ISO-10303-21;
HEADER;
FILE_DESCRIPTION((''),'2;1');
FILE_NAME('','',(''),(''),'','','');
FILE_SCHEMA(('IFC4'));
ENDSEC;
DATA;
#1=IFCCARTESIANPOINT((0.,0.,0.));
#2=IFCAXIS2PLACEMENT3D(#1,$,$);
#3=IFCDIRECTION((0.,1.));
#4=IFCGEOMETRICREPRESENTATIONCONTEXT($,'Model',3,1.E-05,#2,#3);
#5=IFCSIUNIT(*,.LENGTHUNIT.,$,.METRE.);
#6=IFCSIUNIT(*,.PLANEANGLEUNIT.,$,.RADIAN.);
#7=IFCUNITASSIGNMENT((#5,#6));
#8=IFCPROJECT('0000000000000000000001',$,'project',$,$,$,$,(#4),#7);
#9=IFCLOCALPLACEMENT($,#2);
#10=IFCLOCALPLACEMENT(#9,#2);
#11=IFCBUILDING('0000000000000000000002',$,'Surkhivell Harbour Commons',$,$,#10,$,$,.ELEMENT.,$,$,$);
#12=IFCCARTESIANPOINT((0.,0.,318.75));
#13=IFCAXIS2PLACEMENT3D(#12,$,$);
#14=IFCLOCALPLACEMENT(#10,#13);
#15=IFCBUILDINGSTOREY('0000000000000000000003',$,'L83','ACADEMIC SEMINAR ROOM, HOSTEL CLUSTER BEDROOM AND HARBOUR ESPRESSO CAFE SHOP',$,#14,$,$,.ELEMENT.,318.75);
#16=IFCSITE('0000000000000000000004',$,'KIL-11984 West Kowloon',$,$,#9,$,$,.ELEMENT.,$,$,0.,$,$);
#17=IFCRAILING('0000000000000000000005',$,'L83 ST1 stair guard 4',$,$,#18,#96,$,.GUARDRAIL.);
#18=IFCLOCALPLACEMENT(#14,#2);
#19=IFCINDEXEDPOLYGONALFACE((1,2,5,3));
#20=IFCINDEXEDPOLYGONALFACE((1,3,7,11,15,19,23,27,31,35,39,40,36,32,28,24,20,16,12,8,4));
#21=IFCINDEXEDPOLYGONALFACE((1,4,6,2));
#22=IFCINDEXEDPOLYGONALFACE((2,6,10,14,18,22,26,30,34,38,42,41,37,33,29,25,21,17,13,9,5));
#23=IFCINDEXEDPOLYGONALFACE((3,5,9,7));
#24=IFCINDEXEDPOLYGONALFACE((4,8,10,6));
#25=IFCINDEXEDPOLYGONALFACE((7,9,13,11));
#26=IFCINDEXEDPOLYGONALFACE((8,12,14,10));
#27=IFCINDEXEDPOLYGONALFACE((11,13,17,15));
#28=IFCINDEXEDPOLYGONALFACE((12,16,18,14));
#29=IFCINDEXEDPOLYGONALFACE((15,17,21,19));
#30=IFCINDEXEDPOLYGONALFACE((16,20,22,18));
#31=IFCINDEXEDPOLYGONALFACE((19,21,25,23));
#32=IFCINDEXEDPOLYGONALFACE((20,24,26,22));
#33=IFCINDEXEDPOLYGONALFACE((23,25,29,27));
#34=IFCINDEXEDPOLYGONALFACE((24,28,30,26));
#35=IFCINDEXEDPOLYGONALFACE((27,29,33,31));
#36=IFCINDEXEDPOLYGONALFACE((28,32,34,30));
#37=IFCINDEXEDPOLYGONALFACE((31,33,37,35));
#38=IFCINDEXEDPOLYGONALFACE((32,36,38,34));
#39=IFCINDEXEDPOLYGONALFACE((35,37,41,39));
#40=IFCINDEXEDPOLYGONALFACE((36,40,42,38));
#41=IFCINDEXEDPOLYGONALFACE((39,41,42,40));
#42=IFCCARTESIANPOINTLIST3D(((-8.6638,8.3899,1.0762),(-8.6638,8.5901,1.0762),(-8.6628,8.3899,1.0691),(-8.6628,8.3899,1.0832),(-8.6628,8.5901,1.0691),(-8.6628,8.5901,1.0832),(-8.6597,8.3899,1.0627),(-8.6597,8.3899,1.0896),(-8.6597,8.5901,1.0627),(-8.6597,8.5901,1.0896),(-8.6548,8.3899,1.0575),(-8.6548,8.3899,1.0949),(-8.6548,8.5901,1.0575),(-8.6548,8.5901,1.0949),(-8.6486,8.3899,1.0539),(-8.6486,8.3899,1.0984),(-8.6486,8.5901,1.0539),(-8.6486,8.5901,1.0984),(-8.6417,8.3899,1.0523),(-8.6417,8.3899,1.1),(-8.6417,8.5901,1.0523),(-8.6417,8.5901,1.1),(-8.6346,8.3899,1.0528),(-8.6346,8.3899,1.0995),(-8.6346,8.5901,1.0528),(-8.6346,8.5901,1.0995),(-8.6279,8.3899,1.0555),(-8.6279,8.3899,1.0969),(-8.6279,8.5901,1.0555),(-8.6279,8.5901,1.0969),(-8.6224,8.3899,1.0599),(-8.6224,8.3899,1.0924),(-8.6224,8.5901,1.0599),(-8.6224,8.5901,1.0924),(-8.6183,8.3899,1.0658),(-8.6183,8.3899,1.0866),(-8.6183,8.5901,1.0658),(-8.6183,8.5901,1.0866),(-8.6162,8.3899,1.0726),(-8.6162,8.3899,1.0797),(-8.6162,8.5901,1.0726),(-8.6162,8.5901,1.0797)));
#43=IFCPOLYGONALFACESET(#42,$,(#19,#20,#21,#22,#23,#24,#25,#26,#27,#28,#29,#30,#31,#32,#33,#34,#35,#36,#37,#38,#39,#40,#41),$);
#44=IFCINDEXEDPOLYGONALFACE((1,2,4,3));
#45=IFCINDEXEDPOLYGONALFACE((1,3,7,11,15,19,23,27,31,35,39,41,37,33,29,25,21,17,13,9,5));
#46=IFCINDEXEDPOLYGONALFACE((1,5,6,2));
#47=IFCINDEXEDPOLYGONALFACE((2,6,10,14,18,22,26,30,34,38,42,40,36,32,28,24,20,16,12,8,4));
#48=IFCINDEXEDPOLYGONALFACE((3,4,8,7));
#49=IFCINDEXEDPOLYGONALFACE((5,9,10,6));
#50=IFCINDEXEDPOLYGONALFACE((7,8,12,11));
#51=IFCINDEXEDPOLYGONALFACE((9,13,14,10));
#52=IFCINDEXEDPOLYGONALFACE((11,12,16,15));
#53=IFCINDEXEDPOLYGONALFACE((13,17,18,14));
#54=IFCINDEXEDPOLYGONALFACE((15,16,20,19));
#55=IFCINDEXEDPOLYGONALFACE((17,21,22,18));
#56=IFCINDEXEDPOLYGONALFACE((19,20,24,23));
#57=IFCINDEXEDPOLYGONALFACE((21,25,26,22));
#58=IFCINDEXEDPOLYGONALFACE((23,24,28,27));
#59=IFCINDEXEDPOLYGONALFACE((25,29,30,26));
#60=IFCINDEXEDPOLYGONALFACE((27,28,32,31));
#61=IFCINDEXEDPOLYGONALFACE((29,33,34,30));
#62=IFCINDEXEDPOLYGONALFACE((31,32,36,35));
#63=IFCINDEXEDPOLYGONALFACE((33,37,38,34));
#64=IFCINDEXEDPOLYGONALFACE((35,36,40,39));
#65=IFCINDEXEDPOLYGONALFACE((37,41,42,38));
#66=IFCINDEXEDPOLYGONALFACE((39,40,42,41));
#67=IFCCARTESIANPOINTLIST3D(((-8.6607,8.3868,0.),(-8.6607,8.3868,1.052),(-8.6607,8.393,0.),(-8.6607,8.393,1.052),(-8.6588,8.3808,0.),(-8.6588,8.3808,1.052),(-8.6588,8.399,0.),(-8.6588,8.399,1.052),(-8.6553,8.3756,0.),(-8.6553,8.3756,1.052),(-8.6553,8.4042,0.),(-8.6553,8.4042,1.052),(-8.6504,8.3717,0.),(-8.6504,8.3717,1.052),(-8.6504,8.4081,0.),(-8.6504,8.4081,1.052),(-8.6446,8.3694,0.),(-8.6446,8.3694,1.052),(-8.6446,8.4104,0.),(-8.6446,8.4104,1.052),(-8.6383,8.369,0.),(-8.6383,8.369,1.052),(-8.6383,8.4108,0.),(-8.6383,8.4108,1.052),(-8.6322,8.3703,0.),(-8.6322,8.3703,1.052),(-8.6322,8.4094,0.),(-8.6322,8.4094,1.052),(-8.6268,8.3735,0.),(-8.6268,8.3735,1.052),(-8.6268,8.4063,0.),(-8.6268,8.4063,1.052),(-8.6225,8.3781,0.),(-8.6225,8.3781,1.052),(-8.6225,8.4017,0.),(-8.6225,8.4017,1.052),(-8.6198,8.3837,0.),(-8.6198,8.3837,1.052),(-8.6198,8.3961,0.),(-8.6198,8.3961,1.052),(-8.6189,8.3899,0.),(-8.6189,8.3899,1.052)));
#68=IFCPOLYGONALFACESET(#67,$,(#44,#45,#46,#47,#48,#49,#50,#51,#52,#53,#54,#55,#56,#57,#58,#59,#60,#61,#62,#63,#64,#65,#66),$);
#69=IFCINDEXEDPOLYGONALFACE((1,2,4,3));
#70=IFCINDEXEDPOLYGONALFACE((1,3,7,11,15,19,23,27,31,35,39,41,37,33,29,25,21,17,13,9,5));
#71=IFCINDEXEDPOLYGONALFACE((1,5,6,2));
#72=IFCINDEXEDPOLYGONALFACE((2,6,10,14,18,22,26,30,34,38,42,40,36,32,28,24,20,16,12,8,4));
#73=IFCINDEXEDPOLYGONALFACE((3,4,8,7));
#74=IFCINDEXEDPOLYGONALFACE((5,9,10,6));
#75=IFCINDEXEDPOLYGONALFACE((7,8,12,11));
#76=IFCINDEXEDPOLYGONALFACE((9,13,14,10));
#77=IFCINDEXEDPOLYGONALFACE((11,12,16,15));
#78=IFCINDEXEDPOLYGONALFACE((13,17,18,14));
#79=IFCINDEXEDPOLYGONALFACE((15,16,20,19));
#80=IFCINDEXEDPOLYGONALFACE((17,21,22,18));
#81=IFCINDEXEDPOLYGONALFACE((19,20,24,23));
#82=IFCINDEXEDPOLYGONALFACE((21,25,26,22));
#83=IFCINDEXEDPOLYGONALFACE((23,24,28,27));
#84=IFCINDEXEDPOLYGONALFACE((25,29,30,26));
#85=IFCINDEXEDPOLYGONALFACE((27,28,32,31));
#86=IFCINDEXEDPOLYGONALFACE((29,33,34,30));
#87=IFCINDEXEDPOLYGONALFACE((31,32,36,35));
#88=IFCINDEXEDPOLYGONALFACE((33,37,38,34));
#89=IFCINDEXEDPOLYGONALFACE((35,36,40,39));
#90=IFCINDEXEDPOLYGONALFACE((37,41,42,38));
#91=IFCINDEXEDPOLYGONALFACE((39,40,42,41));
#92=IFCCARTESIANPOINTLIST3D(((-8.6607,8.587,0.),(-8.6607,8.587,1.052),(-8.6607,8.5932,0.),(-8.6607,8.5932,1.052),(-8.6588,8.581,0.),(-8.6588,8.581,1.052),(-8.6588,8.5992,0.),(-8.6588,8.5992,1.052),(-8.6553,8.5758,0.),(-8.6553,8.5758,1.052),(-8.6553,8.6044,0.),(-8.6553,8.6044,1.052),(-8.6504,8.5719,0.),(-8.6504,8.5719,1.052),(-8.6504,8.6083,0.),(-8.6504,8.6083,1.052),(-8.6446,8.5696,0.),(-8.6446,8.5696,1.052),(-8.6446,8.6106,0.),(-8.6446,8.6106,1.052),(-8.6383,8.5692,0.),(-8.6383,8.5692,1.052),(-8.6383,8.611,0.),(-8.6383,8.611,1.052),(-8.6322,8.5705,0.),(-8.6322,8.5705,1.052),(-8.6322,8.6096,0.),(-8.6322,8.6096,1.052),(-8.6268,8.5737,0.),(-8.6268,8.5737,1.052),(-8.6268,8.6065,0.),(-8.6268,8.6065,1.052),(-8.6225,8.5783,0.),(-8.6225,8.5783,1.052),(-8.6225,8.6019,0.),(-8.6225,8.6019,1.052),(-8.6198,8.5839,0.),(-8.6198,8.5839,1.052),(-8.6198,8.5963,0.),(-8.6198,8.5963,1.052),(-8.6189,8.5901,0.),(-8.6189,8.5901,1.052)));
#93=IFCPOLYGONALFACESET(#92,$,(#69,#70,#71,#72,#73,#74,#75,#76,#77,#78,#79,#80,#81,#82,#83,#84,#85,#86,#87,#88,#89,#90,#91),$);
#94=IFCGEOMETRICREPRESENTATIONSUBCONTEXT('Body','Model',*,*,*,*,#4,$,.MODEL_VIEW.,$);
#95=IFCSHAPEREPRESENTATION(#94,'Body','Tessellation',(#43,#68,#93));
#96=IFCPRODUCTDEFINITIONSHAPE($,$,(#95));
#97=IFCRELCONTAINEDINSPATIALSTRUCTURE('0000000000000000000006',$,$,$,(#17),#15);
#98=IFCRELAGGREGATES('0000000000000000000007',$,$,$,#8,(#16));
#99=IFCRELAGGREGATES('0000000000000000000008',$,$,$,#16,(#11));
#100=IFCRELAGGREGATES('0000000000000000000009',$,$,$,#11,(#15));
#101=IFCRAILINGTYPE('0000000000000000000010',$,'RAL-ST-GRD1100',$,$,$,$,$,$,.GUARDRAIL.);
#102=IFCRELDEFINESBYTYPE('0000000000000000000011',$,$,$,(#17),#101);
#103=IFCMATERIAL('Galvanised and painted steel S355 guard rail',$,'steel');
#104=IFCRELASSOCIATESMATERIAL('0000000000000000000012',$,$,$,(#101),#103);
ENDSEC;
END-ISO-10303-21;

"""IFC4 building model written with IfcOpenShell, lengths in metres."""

from ifc_helpers import new_model, si_unit, direction, frame, origin, origin_2d, place, context, subcontext, project, spatial, circle, extrude, material, type_object, element, save


model = new_model("IFC4")

# Units and contexts
model_context = context("Model", 3, precision=1e-05, world=origin(), true_north=direction((0.0, 1.0)))
body_context = subcontext(model_context, "Body", "Model", "MODEL_VIEW")
ifc_project = project(units=[si_unit("LENGTHUNIT", "METRE"), si_unit("PLANEANGLEUNIT", "RADIAN")], contexts=[model_context])

# Site, building, storey
site_placement = place(None, origin())
site = spatial("IfcSite", under=ifc_project, at=site_placement, Name="KIL-11984 West Kowloon", CompositionType="ELEMENT", RefElevation=0.0)
building_placement = place(site_placement, origin())
building = spatial("IfcBuilding", under=site, at=building_placement, Name="Surkhivell Harbour Commons", CompositionType="ELEMENT")
storey_placement = place(building_placement, frame((0.0, 0.0, 318.75)))
storey = spatial("IfcBuildingStorey", under=building, at=storey_placement, Name="L83", Description="ACADEMIC SEMINAR ROOM, HOSTEL CLUSTER BEDROOM AND HARBOUR ESPRESSO CAFE SHOP", CompositionType="ELEMENT", Elevation=318.75)

# Railing
ifc_material_1 = material(Name="Galvanised and painted steel S355 guard rail", Category="steel")
railing_type_1 = type_object("IfcRailingType", Name="RAL-ST-GRD1100", PredefinedType="GUARDRAIL", material=ifc_material_1)
railing_1_placement = place(storey_placement, frame((-8.6399, 8.3899, 0.0)))
element("IfcRailing", 1, at=railing_1_placement, inside=storey, type_object=railing_type_1, Name="L83 ST1 stair guard 4", PredefinedType="GUARDRAIL", context=body_context, shape_type="SweptSolid", body=[
    extrude(circle(Radius=0.0239, at=origin_2d()), frame((0.0, 0.0, 1.0762), z_axis=(0.0, 1.0, 0.0), x_axis=(-1.0, 0.0, 0.0)), (0.0, 0.0, 1.0), 0.2002),
    extrude(circle(Radius=0.021, at=origin_2d()), origin(), (0.0, 0.0, 1.0), 1.052),
    extrude(circle(Radius=0.021, at=origin_2d()), frame((0.0, 0.2002, 0.0)), (0.0, 0.0, 1.0), 1.052),
])

save(model, "model.ifc")
